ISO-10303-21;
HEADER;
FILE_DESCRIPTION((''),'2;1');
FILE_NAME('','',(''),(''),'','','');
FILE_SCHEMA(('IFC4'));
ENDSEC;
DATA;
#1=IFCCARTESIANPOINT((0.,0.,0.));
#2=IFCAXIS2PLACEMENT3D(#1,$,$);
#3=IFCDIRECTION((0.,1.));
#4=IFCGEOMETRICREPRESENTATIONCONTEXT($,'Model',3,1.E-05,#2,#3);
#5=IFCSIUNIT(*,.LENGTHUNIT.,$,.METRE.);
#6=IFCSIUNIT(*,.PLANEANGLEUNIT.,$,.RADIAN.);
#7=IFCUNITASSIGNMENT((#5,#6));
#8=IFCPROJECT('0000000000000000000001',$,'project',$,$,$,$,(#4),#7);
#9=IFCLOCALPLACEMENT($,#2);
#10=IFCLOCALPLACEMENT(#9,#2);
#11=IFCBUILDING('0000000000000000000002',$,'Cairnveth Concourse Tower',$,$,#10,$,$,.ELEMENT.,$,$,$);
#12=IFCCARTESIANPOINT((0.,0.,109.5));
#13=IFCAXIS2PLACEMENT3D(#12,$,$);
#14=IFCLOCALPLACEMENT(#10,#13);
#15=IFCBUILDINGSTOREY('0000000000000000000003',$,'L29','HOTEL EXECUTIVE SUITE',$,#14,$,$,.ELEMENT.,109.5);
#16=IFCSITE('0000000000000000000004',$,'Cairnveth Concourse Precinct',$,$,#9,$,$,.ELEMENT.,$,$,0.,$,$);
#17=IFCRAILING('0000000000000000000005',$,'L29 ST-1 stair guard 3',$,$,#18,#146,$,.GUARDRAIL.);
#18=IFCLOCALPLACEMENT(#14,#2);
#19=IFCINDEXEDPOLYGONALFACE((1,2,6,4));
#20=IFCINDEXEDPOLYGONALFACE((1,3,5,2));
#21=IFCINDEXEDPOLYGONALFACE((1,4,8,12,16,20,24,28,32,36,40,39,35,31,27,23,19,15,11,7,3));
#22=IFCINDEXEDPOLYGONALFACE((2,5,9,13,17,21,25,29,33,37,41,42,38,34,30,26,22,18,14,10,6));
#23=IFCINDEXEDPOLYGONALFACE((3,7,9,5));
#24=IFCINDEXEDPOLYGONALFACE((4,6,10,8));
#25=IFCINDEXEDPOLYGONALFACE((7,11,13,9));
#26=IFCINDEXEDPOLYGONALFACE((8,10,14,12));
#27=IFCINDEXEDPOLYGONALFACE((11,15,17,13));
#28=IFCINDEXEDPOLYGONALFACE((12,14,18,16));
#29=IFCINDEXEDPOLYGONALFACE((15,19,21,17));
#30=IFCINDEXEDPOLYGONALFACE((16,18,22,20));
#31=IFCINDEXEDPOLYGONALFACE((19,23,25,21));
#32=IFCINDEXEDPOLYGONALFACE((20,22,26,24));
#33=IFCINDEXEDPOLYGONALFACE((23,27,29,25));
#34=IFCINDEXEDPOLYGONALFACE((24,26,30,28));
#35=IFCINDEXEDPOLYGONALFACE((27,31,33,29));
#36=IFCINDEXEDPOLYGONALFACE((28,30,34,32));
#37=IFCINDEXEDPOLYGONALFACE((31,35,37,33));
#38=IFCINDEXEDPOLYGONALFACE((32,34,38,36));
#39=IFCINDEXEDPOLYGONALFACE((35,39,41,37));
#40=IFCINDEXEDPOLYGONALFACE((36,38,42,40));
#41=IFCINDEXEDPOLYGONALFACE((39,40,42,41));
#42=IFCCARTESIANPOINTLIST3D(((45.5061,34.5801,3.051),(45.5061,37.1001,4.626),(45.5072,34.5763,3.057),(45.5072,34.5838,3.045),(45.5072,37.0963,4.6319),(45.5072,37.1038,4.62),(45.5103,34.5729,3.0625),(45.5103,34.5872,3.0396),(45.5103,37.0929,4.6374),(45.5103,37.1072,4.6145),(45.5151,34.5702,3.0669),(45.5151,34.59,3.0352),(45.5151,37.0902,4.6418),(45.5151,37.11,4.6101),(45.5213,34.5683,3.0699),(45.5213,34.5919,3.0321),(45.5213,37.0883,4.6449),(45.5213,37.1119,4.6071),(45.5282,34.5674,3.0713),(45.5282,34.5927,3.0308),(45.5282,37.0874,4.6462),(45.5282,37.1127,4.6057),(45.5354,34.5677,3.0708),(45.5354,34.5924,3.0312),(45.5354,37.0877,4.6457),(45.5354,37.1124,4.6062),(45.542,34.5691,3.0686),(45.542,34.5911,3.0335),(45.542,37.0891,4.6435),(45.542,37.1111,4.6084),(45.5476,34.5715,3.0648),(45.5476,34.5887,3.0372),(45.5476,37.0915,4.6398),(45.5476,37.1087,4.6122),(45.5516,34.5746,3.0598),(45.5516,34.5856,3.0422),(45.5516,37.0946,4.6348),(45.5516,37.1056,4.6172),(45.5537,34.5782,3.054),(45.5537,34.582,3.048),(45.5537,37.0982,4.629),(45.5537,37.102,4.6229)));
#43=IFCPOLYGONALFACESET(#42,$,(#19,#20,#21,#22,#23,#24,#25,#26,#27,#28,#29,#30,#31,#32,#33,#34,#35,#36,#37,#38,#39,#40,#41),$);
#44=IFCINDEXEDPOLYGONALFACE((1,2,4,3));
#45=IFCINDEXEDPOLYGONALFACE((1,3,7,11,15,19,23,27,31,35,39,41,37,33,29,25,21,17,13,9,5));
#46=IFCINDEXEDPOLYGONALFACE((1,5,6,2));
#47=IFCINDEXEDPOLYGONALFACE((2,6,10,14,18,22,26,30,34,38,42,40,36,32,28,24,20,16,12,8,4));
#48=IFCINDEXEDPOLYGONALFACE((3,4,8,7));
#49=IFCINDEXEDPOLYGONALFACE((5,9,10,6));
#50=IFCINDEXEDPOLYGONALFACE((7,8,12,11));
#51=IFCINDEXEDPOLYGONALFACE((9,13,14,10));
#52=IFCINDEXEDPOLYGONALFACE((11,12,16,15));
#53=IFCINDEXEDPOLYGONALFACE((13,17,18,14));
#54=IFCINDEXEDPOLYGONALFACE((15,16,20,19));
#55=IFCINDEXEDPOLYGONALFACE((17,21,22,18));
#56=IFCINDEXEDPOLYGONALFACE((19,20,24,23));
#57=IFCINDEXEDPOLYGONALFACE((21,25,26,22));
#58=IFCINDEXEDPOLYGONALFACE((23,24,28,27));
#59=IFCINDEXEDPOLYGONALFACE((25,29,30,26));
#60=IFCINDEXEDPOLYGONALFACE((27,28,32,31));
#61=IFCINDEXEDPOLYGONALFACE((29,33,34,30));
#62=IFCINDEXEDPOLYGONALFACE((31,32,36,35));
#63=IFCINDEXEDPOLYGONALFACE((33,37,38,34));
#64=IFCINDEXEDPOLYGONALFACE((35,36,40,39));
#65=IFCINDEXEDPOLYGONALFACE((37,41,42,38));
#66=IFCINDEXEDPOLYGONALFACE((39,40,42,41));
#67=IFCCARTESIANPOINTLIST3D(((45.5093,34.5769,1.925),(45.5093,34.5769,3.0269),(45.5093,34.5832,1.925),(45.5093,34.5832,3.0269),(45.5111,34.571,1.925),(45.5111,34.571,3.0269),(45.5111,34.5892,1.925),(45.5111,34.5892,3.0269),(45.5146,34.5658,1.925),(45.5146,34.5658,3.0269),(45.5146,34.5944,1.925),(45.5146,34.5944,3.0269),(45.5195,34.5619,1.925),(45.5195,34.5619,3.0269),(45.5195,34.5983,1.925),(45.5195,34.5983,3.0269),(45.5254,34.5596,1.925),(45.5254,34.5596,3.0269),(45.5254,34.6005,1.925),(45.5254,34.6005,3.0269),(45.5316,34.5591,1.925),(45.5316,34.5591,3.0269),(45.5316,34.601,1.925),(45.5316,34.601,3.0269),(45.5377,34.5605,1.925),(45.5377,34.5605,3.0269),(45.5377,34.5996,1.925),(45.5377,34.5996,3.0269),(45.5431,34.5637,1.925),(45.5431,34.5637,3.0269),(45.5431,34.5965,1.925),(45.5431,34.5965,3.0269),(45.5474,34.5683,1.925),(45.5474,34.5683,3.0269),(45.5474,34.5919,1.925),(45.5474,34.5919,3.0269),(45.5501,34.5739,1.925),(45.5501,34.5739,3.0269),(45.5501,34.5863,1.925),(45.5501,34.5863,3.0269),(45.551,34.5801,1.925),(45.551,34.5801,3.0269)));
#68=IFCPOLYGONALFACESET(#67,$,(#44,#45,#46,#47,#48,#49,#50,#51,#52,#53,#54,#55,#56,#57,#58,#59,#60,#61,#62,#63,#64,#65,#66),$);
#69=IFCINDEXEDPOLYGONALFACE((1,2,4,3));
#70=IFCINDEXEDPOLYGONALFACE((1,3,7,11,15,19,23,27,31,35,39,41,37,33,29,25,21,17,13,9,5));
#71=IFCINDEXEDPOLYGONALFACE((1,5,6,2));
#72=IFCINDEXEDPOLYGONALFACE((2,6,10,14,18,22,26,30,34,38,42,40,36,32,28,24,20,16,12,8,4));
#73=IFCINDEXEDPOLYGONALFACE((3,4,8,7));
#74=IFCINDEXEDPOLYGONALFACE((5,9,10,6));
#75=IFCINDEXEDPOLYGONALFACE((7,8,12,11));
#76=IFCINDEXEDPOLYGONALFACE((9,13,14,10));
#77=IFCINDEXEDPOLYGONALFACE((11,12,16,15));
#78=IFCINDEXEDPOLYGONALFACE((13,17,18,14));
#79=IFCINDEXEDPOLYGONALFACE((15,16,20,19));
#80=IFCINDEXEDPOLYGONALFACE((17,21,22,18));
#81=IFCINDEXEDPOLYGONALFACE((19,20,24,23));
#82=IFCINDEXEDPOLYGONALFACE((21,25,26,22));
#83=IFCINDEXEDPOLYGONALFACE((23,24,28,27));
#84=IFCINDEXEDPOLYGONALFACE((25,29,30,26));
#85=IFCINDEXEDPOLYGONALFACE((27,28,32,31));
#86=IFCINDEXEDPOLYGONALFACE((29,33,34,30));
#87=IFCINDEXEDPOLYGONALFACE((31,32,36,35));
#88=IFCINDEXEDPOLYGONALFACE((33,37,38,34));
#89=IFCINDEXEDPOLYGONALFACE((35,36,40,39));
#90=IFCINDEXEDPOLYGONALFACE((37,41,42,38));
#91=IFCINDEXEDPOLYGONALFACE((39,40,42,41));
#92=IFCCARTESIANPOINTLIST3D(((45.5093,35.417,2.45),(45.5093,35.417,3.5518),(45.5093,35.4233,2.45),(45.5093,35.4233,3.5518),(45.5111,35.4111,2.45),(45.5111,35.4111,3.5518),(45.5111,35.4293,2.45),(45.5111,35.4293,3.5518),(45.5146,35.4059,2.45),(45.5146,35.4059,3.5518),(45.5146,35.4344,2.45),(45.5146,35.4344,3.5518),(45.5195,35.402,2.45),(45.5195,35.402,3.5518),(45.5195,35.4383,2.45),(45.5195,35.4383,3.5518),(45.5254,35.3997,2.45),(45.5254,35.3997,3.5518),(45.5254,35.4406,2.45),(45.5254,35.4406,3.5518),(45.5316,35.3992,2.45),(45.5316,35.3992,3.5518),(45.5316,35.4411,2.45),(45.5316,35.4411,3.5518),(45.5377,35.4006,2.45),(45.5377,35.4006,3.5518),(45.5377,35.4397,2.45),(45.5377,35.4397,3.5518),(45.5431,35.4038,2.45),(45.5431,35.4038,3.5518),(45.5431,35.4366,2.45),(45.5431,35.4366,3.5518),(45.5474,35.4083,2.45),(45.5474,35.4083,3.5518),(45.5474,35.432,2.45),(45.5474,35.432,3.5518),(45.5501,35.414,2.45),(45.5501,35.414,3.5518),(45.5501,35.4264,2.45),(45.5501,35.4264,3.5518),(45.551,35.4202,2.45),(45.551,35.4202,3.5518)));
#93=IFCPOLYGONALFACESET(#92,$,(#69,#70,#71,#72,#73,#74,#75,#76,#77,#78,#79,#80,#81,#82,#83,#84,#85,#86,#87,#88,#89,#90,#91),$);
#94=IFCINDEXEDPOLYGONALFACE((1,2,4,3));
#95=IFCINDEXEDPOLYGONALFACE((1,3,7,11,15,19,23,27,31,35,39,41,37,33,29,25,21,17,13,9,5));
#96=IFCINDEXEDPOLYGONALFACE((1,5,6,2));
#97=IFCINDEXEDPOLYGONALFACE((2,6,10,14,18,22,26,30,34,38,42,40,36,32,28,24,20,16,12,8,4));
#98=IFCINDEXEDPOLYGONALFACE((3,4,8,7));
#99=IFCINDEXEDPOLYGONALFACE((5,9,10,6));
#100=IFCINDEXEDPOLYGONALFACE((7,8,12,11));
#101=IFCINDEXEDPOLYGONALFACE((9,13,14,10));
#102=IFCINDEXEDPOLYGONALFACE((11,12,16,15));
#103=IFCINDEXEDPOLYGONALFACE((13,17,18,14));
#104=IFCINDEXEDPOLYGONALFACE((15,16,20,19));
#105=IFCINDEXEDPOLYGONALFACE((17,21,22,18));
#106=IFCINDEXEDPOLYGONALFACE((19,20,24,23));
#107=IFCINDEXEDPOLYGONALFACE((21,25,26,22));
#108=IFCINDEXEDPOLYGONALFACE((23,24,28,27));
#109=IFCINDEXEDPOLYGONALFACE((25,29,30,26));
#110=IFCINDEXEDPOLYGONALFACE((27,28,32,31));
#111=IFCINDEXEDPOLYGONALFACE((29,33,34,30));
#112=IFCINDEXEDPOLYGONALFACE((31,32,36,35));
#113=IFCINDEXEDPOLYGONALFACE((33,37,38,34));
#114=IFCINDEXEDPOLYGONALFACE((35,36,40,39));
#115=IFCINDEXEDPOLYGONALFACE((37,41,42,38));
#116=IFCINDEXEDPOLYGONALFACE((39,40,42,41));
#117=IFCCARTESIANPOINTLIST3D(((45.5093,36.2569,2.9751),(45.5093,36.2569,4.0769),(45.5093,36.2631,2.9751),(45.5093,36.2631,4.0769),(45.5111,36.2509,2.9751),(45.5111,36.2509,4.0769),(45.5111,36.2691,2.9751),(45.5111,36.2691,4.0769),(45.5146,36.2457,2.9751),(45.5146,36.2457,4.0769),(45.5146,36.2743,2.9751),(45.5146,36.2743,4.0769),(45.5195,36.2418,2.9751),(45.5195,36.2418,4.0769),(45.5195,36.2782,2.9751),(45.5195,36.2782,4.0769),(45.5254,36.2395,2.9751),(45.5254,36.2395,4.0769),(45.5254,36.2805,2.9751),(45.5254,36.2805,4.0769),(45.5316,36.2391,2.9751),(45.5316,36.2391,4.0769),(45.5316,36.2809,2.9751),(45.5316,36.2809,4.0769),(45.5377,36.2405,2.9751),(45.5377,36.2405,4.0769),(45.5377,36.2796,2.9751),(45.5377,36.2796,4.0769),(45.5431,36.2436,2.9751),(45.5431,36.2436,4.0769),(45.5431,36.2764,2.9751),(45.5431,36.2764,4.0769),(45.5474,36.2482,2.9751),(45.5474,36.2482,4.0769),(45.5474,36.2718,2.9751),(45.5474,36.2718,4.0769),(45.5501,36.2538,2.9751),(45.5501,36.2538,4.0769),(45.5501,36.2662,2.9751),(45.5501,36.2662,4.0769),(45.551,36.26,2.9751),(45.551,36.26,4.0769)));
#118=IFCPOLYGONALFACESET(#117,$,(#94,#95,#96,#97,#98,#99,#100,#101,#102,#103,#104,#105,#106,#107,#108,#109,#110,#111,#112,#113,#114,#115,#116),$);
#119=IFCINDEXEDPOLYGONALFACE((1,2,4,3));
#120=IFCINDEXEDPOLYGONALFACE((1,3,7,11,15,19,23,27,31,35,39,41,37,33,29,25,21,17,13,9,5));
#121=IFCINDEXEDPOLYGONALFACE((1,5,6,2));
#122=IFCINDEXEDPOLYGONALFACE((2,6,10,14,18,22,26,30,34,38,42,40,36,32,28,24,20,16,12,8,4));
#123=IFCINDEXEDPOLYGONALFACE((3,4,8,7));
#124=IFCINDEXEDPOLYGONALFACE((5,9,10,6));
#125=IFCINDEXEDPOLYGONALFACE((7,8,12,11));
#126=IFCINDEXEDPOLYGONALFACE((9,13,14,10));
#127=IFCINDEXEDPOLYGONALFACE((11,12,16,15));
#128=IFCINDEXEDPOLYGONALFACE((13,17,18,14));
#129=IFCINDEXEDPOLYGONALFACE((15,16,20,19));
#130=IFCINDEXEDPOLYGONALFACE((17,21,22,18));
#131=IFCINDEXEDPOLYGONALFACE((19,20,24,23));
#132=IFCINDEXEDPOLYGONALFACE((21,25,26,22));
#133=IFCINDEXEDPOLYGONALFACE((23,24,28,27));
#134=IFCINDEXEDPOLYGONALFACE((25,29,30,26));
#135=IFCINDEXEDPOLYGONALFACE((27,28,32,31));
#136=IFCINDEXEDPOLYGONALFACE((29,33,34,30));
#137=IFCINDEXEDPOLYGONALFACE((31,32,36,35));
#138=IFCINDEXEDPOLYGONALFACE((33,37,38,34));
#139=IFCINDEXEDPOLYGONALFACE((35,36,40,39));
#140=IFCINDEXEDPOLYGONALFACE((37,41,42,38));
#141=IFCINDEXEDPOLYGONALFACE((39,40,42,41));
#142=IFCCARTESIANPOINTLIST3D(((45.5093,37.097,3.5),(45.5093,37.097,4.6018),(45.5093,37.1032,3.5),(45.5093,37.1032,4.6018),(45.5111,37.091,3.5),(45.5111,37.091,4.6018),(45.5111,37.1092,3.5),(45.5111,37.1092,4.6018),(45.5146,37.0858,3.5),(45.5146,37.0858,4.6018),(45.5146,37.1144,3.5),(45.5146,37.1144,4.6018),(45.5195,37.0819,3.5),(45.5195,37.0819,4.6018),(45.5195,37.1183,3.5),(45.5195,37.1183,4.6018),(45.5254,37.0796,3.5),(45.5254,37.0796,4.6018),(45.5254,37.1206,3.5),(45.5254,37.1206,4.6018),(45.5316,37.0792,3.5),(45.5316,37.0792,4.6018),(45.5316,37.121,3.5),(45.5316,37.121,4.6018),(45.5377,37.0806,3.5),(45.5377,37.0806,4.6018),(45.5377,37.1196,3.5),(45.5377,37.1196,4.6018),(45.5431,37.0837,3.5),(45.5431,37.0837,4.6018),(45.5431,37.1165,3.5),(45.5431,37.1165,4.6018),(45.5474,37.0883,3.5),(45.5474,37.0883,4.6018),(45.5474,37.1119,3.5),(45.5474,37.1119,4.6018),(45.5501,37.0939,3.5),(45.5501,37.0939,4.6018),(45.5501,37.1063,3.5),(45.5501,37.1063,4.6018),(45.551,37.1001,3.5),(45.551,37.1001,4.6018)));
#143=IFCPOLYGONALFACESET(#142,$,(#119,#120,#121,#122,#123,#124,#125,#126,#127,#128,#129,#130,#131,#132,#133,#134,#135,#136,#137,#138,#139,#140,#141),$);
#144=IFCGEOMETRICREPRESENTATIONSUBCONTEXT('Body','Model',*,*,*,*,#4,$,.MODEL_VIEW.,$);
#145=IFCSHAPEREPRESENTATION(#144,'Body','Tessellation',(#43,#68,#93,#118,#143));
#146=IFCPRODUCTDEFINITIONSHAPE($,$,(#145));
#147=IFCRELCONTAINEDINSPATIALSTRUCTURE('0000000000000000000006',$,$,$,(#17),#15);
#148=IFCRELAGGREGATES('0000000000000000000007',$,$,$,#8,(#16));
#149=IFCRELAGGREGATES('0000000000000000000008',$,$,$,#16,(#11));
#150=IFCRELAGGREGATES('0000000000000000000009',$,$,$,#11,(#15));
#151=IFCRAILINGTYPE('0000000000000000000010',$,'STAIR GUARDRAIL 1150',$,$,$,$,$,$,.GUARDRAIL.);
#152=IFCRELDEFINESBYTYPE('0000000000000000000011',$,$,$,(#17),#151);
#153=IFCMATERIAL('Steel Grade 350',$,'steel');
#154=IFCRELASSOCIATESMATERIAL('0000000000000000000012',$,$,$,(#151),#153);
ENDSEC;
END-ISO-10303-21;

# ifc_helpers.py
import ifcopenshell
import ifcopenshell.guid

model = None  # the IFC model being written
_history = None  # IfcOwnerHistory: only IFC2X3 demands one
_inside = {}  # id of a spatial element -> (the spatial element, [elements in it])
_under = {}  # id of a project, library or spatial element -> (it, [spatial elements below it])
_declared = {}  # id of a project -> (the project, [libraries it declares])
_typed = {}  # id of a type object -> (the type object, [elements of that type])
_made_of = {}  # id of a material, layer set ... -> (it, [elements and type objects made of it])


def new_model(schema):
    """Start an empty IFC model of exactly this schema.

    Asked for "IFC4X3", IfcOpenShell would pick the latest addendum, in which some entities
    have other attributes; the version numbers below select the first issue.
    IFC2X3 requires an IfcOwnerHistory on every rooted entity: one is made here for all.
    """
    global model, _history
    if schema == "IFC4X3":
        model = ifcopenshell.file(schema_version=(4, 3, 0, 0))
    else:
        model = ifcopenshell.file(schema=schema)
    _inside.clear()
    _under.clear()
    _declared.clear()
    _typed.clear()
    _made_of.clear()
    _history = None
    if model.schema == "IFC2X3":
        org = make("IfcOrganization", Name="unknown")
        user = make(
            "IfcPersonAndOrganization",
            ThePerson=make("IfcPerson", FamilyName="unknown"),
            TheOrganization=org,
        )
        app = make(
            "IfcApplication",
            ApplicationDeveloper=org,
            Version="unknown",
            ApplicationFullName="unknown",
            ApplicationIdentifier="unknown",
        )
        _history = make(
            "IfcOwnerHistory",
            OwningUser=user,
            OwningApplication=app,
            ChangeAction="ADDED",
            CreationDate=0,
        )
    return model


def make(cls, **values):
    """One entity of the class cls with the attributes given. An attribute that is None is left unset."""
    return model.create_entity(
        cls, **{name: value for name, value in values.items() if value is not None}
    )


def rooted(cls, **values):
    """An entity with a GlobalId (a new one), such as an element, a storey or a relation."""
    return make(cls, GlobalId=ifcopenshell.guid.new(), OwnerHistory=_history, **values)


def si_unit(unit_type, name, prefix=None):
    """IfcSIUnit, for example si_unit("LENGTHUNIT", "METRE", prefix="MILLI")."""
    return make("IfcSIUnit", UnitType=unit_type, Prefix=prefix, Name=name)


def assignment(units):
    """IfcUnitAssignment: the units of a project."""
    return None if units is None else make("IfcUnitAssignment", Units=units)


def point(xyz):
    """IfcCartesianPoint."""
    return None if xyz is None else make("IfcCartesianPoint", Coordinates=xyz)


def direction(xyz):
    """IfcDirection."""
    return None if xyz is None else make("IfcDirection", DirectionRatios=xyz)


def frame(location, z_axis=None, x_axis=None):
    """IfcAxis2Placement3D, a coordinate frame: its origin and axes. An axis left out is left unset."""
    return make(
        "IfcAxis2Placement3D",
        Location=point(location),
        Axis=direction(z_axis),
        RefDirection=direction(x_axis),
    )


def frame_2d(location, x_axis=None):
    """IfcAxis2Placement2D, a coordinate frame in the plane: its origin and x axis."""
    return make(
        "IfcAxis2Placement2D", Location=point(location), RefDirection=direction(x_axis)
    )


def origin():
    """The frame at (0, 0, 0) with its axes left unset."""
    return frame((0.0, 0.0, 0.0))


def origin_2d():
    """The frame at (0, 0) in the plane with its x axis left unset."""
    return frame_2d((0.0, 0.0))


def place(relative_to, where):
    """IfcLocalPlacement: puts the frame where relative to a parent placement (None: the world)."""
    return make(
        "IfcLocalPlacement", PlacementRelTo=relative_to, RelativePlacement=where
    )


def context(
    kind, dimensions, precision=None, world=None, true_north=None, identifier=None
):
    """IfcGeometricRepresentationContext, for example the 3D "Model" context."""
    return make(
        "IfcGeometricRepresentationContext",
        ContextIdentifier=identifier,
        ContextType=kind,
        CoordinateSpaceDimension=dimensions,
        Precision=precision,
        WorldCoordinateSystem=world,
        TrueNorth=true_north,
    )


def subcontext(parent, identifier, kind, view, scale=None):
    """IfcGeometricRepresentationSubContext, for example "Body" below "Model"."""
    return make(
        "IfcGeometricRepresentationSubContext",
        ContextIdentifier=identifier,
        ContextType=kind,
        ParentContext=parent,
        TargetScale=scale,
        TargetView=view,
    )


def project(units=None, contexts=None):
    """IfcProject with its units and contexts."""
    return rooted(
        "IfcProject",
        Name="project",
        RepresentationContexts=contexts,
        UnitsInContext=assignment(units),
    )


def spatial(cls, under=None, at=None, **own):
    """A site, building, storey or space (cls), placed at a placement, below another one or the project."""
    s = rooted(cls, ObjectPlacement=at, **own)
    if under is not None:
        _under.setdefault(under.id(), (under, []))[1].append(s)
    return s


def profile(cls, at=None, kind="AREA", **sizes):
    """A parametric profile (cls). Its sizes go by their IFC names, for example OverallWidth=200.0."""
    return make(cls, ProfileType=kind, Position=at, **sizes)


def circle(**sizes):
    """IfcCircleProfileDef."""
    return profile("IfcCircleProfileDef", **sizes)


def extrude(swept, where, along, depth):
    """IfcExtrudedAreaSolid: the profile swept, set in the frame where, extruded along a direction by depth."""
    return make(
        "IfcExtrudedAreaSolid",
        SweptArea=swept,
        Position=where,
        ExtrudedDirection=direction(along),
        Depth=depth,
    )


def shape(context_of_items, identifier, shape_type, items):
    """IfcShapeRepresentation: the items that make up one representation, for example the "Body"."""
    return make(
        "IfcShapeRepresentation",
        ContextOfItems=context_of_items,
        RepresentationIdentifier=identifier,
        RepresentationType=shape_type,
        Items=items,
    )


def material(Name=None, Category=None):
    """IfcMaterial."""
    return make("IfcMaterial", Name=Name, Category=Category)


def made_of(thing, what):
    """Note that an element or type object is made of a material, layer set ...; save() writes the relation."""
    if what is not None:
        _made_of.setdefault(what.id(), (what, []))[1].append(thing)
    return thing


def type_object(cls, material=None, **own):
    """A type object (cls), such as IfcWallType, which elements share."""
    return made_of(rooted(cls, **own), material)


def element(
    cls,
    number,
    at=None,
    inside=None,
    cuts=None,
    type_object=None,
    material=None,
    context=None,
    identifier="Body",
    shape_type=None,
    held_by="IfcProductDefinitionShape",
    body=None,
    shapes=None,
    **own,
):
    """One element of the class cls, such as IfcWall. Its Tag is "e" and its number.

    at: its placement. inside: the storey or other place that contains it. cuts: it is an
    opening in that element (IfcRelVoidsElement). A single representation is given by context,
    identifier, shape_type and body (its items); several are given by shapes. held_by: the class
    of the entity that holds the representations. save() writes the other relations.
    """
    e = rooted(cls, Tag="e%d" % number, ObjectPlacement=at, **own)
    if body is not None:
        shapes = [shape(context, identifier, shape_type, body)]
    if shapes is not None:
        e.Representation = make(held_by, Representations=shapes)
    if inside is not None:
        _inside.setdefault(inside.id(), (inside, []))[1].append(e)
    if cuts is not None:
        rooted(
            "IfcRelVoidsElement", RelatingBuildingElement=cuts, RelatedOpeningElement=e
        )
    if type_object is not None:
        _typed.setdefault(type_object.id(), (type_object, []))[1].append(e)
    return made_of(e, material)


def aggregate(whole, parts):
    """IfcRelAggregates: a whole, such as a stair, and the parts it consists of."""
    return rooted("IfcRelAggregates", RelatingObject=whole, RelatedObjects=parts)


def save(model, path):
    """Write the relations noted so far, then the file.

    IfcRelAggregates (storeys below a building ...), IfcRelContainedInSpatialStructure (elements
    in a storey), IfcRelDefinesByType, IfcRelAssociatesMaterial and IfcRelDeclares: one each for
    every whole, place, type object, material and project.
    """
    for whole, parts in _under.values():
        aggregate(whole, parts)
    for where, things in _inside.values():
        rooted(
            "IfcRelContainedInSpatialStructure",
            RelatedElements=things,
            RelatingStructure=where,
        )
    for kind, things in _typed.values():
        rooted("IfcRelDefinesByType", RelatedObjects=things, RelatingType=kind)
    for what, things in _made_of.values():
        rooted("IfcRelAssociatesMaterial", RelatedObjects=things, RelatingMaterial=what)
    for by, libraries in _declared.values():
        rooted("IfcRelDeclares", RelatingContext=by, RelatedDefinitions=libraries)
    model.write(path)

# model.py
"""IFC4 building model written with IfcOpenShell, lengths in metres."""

from ifc_helpers import new_model, si_unit, direction, frame, origin, origin_2d, place, context, subcontext, project, spatial, circle, extrude, material, type_object, element, save


model = new_model("IFC4")

# Units and contexts
model_context = context("Model", 3, precision=1e-05, world=origin(), true_north=direction((0.0, 1.0)))
body_context = subcontext(model_context, "Body", "Model", "MODEL_VIEW")
ifc_project = project(units=[si_unit("LENGTHUNIT", "METRE"), si_unit("PLANEANGLEUNIT", "RADIAN")], contexts=[model_context])

# Site, building, storey
site_placement = place(None, origin())
site = spatial("IfcSite", under=ifc_project, at=site_placement, Name="Cairnveth Concourse Precinct", CompositionType="ELEMENT", RefElevation=0.0)
building_placement = place(site_placement, origin())
building = spatial("IfcBuilding", under=site, at=building_placement, Name="Cairnveth Concourse Tower", CompositionType="ELEMENT")
storey_placement = place(building_placement, frame((0.0, 0.0, 109.5)))
storey = spatial("IfcBuildingStorey", under=building, at=storey_placement, Name="L29", Description="HOTEL EXECUTIVE SUITE", CompositionType="ELEMENT", Elevation=109.5)

# Railing
ifc_material_1 = material(Name="Steel Grade 350", Category="steel")
railing_type_1 = type_object("IfcRailingType", Name="STAIR GUARDRAIL 1150", PredefinedType="GUARDRAIL", material=ifc_material_1)
railing_1_placement = place(storey_placement, frame((45.53, 34.5801, 1.925)))
element("IfcRailing", 1, at=railing_1_placement, inside=storey, type_object=railing_type_1, Name="L29 ST-1 stair guard 3", PredefinedType="GUARDRAIL", context=body_context, shape_type="SweptSolid", body=[
    extrude(circle(Radius=0.0239, at=origin_2d()), frame((0.0, 0.0, 1.126), z_axis=(0.0, 0.848008, 0.529984), x_axis=(-1.0, 0.0, 0.0)), (0.0, 0.0, 1.0), 2.9717),
    extrude(circle(Radius=0.021, at=origin_2d()), origin(), (0.0, 0.0, 1.0), 1.1018),
    extrude(circle(Radius=0.021, at=origin_2d()), frame((0.0, 0.8401, 0.5249)), (0.0, 0.0, 1.0), 1.1018),
    extrude(circle(Radius=0.021, at=origin_2d()), frame((0.0, 1.6799, 1.05)), (0.0, 0.0, 1.0), 1.1018),
    extrude(circle(Radius=0.021, at=origin_2d()), frame((0.0, 2.52, 1.575)), (0.0, 0.0, 1.0), 1.1018),
])

save(model, "model.ifc")
